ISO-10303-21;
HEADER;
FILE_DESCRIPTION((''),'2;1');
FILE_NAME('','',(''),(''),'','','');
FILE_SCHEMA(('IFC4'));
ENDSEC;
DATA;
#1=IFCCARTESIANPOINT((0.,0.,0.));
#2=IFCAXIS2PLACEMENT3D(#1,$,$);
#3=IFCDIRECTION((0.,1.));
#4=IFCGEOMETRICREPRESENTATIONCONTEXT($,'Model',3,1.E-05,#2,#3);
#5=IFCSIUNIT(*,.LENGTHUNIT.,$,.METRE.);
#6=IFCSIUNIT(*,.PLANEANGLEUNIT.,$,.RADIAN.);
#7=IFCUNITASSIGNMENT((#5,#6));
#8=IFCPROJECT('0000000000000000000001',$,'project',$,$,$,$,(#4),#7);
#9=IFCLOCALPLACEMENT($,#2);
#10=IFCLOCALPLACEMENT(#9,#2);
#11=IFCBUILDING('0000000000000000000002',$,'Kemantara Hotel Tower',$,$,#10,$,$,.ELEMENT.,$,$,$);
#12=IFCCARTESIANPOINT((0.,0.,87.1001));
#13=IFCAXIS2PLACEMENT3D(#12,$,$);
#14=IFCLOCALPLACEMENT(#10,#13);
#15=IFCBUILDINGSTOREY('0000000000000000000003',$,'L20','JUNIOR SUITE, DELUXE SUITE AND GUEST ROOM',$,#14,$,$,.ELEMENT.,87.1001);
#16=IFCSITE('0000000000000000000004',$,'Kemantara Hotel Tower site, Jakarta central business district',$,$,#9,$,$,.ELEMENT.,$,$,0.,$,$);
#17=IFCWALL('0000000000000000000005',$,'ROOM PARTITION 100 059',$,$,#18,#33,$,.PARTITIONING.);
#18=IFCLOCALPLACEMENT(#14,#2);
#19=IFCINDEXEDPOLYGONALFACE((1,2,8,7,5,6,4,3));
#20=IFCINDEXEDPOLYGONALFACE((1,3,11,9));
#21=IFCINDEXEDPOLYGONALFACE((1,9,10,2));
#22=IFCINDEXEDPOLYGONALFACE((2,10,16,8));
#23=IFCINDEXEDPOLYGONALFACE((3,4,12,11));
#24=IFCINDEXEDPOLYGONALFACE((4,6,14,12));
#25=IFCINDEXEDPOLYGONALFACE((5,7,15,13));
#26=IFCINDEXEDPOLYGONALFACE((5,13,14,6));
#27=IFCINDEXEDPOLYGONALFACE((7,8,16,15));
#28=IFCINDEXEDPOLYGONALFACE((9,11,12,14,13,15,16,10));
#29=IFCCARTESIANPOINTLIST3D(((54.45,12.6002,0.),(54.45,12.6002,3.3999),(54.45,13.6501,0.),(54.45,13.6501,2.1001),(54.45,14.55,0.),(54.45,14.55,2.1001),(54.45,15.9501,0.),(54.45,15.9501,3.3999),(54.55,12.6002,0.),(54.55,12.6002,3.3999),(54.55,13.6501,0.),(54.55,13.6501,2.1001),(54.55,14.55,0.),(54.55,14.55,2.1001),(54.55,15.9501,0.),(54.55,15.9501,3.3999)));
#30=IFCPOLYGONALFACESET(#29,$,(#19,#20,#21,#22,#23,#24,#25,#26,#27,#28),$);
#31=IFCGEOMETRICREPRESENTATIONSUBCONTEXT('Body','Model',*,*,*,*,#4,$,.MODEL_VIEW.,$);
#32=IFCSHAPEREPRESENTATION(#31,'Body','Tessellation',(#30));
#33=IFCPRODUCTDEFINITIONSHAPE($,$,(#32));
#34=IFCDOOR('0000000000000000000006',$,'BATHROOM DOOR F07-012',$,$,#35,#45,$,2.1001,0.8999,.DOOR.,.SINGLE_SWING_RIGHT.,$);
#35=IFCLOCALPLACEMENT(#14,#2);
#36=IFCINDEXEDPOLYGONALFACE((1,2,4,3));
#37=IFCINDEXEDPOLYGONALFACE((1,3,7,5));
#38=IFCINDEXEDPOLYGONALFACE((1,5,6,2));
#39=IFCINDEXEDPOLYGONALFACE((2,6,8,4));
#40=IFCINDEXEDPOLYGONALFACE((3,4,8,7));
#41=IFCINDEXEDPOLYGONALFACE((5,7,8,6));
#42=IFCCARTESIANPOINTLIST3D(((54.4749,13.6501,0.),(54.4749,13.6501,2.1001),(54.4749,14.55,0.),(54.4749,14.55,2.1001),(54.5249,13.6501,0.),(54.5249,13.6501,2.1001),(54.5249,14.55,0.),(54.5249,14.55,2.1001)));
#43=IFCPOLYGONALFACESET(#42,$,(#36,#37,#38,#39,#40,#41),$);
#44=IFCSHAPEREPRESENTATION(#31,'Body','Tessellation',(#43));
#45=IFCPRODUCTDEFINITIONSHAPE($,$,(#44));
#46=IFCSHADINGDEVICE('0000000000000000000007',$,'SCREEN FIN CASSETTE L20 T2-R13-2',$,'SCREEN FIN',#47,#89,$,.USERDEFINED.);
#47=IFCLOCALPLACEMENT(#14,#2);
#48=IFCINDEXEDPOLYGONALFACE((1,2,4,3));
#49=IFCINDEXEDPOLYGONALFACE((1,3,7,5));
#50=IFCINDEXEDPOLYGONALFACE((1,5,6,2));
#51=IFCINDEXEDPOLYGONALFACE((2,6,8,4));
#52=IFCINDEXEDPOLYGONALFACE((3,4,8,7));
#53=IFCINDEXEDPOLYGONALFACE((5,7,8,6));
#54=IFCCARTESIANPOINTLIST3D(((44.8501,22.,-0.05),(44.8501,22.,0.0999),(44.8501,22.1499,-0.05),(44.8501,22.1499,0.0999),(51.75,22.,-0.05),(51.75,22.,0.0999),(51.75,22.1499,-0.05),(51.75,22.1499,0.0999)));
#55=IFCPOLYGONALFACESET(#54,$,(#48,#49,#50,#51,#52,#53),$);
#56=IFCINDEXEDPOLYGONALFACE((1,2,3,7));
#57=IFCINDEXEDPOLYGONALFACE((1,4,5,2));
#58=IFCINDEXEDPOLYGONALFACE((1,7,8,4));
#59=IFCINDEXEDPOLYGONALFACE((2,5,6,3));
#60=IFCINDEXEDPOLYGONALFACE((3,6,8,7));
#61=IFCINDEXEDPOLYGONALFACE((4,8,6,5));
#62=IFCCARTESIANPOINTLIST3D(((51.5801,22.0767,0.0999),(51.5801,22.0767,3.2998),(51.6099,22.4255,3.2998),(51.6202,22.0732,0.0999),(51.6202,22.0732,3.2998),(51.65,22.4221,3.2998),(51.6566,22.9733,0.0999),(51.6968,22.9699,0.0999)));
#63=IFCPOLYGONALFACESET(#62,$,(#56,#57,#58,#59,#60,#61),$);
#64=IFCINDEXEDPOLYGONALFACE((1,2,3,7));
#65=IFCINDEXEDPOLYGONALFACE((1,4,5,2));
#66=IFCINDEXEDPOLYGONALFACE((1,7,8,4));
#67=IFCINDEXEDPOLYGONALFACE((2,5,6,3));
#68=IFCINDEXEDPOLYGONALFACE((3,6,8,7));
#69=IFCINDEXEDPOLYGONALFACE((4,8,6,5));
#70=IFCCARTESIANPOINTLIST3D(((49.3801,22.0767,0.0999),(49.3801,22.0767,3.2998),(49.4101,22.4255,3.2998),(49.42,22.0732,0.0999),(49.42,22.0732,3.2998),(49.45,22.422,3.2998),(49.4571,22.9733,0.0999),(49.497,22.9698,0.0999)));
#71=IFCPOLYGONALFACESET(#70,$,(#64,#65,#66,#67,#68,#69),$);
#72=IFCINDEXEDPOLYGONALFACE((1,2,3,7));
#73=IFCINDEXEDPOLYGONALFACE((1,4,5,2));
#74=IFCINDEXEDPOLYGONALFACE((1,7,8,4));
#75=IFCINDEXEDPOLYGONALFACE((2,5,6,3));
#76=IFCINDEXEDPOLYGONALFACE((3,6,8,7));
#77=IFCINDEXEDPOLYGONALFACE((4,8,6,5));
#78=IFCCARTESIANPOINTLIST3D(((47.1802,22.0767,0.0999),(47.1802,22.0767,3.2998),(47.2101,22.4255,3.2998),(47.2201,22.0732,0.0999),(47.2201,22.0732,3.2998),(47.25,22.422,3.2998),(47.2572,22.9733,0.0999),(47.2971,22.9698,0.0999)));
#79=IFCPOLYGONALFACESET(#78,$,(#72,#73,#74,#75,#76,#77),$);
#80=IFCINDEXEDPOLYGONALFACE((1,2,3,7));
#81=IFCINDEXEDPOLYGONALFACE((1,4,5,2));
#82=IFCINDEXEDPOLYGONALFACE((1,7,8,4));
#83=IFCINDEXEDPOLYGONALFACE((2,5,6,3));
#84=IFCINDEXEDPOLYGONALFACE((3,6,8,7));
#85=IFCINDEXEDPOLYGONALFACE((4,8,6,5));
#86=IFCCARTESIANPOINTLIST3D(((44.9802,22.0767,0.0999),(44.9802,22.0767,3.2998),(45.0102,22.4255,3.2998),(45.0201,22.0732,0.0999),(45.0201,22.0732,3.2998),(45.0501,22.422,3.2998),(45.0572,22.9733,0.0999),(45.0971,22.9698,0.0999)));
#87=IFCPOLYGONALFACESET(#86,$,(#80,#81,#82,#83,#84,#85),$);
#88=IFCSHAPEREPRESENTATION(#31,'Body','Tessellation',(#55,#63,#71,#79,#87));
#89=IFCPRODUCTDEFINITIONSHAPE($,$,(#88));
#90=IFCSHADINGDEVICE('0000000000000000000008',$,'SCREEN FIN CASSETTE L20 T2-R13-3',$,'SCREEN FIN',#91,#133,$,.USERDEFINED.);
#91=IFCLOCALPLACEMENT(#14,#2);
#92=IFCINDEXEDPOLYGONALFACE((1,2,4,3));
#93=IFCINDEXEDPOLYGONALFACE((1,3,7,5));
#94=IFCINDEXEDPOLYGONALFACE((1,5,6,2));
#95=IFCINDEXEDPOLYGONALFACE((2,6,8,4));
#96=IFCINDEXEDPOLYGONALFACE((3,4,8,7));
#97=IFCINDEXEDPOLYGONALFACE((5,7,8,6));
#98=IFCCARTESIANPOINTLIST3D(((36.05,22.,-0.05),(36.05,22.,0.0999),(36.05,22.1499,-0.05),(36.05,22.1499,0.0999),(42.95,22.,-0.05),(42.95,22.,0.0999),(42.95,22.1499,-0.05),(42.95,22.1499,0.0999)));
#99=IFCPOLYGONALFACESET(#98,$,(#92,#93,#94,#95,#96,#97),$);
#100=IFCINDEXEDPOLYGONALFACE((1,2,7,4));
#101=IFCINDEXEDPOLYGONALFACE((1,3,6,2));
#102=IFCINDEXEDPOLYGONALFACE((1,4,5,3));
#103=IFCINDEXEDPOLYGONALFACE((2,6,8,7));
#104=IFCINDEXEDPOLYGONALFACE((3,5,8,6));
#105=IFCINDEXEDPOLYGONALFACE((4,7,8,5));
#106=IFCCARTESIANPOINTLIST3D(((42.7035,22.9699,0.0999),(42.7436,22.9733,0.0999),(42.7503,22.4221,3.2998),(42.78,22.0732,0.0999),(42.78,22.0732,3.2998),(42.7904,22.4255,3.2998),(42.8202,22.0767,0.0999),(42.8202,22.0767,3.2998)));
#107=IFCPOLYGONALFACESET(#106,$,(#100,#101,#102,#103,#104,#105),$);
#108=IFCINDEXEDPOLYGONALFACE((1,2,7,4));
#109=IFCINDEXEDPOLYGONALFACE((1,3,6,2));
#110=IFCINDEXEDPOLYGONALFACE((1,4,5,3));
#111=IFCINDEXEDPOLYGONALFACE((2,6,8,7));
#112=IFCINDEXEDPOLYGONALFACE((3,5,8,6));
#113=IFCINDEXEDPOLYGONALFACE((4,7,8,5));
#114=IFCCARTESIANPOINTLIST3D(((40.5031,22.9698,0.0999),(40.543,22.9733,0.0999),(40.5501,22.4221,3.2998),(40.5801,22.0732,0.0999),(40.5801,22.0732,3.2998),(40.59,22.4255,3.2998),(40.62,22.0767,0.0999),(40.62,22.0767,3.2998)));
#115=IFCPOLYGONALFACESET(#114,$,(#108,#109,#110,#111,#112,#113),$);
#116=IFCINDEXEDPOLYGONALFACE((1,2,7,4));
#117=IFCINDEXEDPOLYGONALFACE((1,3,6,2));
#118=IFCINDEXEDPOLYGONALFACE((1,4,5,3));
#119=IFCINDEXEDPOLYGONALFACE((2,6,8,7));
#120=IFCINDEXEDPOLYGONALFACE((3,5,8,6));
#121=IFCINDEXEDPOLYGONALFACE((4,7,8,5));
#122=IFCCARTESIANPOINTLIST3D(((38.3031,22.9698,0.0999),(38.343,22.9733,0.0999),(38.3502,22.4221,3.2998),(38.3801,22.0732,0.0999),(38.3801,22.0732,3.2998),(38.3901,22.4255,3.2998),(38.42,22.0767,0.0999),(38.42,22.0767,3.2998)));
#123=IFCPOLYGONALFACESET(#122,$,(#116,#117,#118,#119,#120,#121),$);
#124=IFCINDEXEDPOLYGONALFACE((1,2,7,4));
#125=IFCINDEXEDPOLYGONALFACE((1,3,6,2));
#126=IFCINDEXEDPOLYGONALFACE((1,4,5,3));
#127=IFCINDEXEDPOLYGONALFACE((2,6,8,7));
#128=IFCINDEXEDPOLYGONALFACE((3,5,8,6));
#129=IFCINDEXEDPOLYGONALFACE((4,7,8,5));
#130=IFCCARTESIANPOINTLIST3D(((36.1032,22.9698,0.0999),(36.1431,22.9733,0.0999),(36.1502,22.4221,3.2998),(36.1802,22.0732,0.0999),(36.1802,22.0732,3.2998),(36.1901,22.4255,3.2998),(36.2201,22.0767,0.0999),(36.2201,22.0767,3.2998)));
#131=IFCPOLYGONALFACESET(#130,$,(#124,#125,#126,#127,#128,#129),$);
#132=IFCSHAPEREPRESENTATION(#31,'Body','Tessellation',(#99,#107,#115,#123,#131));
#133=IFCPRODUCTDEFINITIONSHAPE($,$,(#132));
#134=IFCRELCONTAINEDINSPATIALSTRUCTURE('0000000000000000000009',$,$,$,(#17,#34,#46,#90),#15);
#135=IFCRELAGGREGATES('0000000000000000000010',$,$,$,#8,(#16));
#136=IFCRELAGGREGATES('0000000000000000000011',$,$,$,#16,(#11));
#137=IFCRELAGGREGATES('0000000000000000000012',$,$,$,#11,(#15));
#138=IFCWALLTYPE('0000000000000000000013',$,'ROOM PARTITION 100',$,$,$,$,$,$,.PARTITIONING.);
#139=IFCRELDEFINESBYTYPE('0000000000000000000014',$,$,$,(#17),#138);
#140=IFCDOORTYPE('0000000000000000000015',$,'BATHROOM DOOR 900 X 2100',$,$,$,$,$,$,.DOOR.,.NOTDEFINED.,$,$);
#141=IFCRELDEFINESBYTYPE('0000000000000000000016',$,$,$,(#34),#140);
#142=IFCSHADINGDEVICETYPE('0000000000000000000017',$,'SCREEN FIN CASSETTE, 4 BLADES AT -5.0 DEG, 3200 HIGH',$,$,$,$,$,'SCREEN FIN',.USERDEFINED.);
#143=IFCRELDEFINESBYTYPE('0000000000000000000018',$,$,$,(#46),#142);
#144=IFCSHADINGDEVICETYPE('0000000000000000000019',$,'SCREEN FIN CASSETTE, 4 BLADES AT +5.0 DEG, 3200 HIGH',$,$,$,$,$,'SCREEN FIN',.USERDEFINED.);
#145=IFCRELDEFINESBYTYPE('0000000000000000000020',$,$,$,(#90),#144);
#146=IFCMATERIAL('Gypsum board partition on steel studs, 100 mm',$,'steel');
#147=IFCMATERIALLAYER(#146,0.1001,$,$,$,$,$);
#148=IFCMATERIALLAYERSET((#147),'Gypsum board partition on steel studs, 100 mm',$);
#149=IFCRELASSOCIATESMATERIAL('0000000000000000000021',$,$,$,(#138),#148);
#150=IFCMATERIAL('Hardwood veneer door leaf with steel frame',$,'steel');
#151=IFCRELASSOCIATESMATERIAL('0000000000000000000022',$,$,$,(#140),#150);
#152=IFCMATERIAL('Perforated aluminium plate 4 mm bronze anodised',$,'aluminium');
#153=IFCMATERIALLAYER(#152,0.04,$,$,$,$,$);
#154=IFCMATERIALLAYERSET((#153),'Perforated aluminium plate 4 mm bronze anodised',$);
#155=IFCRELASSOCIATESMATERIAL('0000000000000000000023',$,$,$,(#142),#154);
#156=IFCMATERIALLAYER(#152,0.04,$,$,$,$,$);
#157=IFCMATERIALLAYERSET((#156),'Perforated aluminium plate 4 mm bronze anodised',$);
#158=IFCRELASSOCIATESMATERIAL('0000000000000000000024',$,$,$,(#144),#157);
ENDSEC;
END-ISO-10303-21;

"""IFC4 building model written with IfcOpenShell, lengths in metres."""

from ifc_helpers import new_model, si_unit, direction, frame, frame_2d, origin, origin_2d, place, context, subcontext, project, spatial, polyline, rectangle, outline, extrude, source, transform, mapped, material, layer, layer_set, type_object, element, fill, save


model = new_model("IFC4")

# Units and contexts
model_context = context("Model", 3, precision=1e-05, world=origin(), true_north=direction((0.0, 1.0)))
body_context = subcontext(model_context, "Body", "Model", "MODEL_VIEW")
ifc_project = project(units=[si_unit("LENGTHUNIT", "METRE"), si_unit("PLANEANGLEUNIT", "RADIAN")], contexts=[model_context])

# Site, building, storey
site_placement = place(None, origin())
site = spatial("IfcSite", under=ifc_project, at=site_placement, Name="Kemantara Hotel Tower site, Jakarta central business district", CompositionType="ELEMENT", RefElevation=0.0)
building_placement = place(site_placement, origin())
building = spatial("IfcBuilding", under=site, at=building_placement, Name="Kemantara Hotel Tower", CompositionType="ELEMENT")
storey_placement = place(building_placement, frame((0.0, 0.0, 87.1001)))
storey = spatial("IfcBuildingStorey", under=building, at=storey_placement, Name="L20", Description="JUNIOR SUITE, DELUXE SUITE AND GUEST ROOM", CompositionType="ELEMENT", Elevation=87.1001)

# Shared definitions
ifc_material_1 = material(Name="Gypsum board partition on steel studs, 100 mm", Category="steel")
ifc_layer_1 = layer(ifc_material_1, 0.1001)
ifc_layer_set_1 = layer_set([ifc_layer_1], Name="Gypsum board partition on steel studs, 100 mm")
wall_type_1 = type_object("IfcWallType", Name="ROOM PARTITION 100", PredefinedType="PARTITIONING", material=ifc_layer_set_1)

# Wall, opening, door
ifc_material_2 = material(Name="Hardwood veneer door leaf with steel frame", Category="steel")
door_type_1 = type_object("IfcDoorType", Name="BATHROOM DOOR 900 X 2100", OperationType="NOTDEFINED", PredefinedType="DOOR", material=ifc_material_2)
wall_1_placement = place(storey_placement, frame((54.5, 15.95, 0.0), z_axis=(0.0, 0.0, 1.0), x_axis=(0.0, -1.0, 0.0)))
wall_1 = element("IfcWall", 1, at=wall_1_placement, inside=storey, type_object=wall_type_1, Name="ROOM PARTITION 100 059", PredefinedType="PARTITIONING", context=body_context, shape_type="SweptSolid", body=[
    extrude(rectangle(XDim=3.3499, YDim=0.1001, at=frame_2d((1.6748, 0.0))), origin(), (0.0, 0.0, 1.0), 3.3999),
])
opening_1_placement = place(wall_1_placement, frame((1.3999, 0.0, 0.0)))
opening_1 = element("IfcOpeningElement", 2, at=opening_1_placement, cuts=wall_1, PredefinedType="OPENING", context=body_context, shape_type="SweptSolid", body=[
    extrude(rectangle(XDim=0.8999, YDim=2.1001, at=frame_2d((0.45, 1.05))), frame((0.0, 0.0601, 0.0), z_axis=(0.0, -1.0, 0.0), x_axis=(1.0, 0.0, 0.0)), (0.0, 0.0, 1.0), 0.1201),
])
door_1_placement = place(opening_1_placement, origin())
door_1 = element("IfcDoor", 3, at=door_1_placement, inside=storey, type_object=door_type_1, Name="BATHROOM DOOR F07-012", OperationType="SINGLE_SWING_RIGHT", OverallHeight=2.1001, OverallWidth=0.8999, PredefinedType="DOOR", context=body_context, shape_type="SweptSolid", body=[
    extrude(rectangle(XDim=0.8999, YDim=2.1001, at=frame_2d((0.45, 1.05))), frame((0.0, 0.0249, 0.0), z_axis=(0.0, -1.0, 0.0), x_axis=(1.0, 0.0, 0.0)), (0.0, 0.0, 1.0), 0.05),
])
fill(opening_1, door_1)

# Shading devices
ifc_material_3 = material(Name="Perforated aluminium plate 4 mm bronze anodised", Category="aluminium")
ifc_layer_2 = layer(ifc_material_3, 0.04)
ifc_layer_set_2 = layer_set([ifc_layer_2], Name="Perforated aluminium plate 4 mm bronze anodised")
shading_device_type_1 = type_object("IfcShadingDeviceType", Name="SCREEN FIN CASSETTE, 4 BLADES AT -5.0 DEG, 3200 HIGH", ElementType="SCREEN FIN", PredefinedType="USERDEFINED", material=ifc_layer_set_2)
shared_shape_1 = source(origin(), body_context, "Body", "SweptSolid", [
    extrude(rectangle(XDim=6.8999, YDim=0.1499, at=origin_2d()), frame((3.3, -0.075, -0.1499), z_axis=(0.0, 0.0, 1.0), x_axis=(1.0, 0.0, 0.0)), (0.0, 0.0, 1.0), 0.1499),
    extrude(outline(polyline([(0.0, 0.0), (0.8999, 0.0), (0.3501, 3.2), (0.0, 3.2), (0.0, 0.0)])), frame((0.02, -0.0767, 0.0), z_axis=(-0.996376, 0.085056, 0.0), x_axis=(-0.085056, -0.996376, 0.0)), (0.0, 0.0, 1.0), 0.0403),
    extrude(outline(polyline([(0.0, 0.0), (0.8999, 0.0), (0.3501, 3.2), (0.0, 3.2), (0.0, 0.0)])), frame((2.22, -0.0767, 0.0), z_axis=(-0.996332, 0.085575, 0.0), x_axis=(-0.085575, -0.996332, 0.0)), (0.0, 0.0, 1.0), 0.04),
    extrude(outline(polyline([(0.0, 0.0), (0.8999, 0.0), (0.3501, 3.2), (0.0, 3.2), (0.0, 0.0)])), frame((4.4199, -0.0767, 0.0), z_axis=(-0.996332, 0.085575, 0.0), x_axis=(-0.085575, -0.996332, 0.0)), (0.0, 0.0, 1.0), 0.04),
    extrude(outline(polyline([(0.0, 0.0), (0.8999, 0.0), (0.3501, 3.2), (0.0, 3.2), (0.0, 0.0)])), frame((6.6199, -0.0767, 0.0), z_axis=(-0.996332, 0.085575, 0.0), x_axis=(-0.085575, -0.996332, 0.0)), (0.0, 0.0, 1.0), 0.04),
])
shading_device_1_placement = place(storey_placement, frame((51.6001, 22.0, 0.0999), z_axis=(0.0, 0.0, 1.0), x_axis=(-1.0, 0.0, 0.0)))
element("IfcShadingDevice", 4, at=shading_device_1_placement, inside=storey, type_object=shading_device_type_1, Name="SCREEN FIN CASSETTE L20 T2-R13-2", ObjectType="SCREEN FIN", PredefinedType="USERDEFINED", context=body_context, shape_type="MappedRepresentation", body=[
    mapped(shared_shape_1, transform((0.0, 0.0, 0.0))),
])
ifc_layer_3 = layer(ifc_material_3, 0.04)
ifc_layer_set_3 = layer_set([ifc_layer_3], Name="Perforated aluminium plate 4 mm bronze anodised")
shading_device_type_2 = type_object("IfcShadingDeviceType", Name="SCREEN FIN CASSETTE, 4 BLADES AT +5.0 DEG, 3200 HIGH", ElementType="SCREEN FIN", PredefinedType="USERDEFINED", material=ifc_layer_set_3)
shared_shape_2 = source(origin(), body_context, "Body", "SweptSolid", [
    extrude(rectangle(XDim=6.8999, YDim=0.1499, at=origin_2d()), frame((3.3, -0.075, -0.1499), z_axis=(0.0, 0.0, 1.0), x_axis=(1.0, 0.0, 0.0)), (0.0, 0.0, 1.0), 0.1499),
    extrude(outline(polyline([(0.0, 0.0), (0.8999, 0.0), (0.3501, 3.2), (0.0, 3.2), (0.0, 0.0)])), frame((0.02, -0.0732, 0.0), z_axis=(-0.996376, -0.085056, 0.0), x_axis=(0.085056, -0.996376, 0.0)), (0.0, 0.0, 1.0), 0.0403),
    extrude(outline(polyline([(0.0, 0.0), (0.8999, 0.0), (0.3501, 3.2), (0.0, 3.2), (0.0, 0.0)])), frame((2.22, -0.0732, 0.0), z_axis=(-0.996332, -0.085575, 0.0), x_axis=(0.085575, -0.996332, 0.0)), (0.0, 0.0, 1.0), 0.04),
    extrude(outline(polyline([(0.0, 0.0), (0.8999, 0.0), (0.3501, 3.2), (0.0, 3.2), (0.0, 0.0)])), frame((4.4199, -0.0732, 0.0), z_axis=(-0.996332, -0.085575, 0.0), x_axis=(0.085575, -0.996332, 0.0)), (0.0, 0.0, 1.0), 0.04),
    extrude(outline(polyline([(0.0, 0.0), (0.8999, 0.0), (0.3501, 3.2), (0.0, 3.2), (0.0, 0.0)])), frame((6.6199, -0.0732, 0.0), z_axis=(-0.996332, -0.085575, 0.0), x_axis=(0.085575, -0.996332, 0.0)), (0.0, 0.0, 1.0), 0.04),
])
shading_device_2_placement = place(storey_placement, frame((42.8, 22.0, 0.0999), z_axis=(0.0, 0.0, 1.0), x_axis=(-1.0, 0.0, 0.0)))
element("IfcShadingDevice", 5, at=shading_device_2_placement, inside=storey, type_object=shading_device_type_2, Name="SCREEN FIN CASSETTE L20 T2-R13-3", ObjectType="SCREEN FIN", PredefinedType="USERDEFINED", context=body_context, shape_type="MappedRepresentation", body=[
    mapped(shared_shape_2, transform((0.0, 0.0, 0.0))),
])

save(model, "model.ifc")
